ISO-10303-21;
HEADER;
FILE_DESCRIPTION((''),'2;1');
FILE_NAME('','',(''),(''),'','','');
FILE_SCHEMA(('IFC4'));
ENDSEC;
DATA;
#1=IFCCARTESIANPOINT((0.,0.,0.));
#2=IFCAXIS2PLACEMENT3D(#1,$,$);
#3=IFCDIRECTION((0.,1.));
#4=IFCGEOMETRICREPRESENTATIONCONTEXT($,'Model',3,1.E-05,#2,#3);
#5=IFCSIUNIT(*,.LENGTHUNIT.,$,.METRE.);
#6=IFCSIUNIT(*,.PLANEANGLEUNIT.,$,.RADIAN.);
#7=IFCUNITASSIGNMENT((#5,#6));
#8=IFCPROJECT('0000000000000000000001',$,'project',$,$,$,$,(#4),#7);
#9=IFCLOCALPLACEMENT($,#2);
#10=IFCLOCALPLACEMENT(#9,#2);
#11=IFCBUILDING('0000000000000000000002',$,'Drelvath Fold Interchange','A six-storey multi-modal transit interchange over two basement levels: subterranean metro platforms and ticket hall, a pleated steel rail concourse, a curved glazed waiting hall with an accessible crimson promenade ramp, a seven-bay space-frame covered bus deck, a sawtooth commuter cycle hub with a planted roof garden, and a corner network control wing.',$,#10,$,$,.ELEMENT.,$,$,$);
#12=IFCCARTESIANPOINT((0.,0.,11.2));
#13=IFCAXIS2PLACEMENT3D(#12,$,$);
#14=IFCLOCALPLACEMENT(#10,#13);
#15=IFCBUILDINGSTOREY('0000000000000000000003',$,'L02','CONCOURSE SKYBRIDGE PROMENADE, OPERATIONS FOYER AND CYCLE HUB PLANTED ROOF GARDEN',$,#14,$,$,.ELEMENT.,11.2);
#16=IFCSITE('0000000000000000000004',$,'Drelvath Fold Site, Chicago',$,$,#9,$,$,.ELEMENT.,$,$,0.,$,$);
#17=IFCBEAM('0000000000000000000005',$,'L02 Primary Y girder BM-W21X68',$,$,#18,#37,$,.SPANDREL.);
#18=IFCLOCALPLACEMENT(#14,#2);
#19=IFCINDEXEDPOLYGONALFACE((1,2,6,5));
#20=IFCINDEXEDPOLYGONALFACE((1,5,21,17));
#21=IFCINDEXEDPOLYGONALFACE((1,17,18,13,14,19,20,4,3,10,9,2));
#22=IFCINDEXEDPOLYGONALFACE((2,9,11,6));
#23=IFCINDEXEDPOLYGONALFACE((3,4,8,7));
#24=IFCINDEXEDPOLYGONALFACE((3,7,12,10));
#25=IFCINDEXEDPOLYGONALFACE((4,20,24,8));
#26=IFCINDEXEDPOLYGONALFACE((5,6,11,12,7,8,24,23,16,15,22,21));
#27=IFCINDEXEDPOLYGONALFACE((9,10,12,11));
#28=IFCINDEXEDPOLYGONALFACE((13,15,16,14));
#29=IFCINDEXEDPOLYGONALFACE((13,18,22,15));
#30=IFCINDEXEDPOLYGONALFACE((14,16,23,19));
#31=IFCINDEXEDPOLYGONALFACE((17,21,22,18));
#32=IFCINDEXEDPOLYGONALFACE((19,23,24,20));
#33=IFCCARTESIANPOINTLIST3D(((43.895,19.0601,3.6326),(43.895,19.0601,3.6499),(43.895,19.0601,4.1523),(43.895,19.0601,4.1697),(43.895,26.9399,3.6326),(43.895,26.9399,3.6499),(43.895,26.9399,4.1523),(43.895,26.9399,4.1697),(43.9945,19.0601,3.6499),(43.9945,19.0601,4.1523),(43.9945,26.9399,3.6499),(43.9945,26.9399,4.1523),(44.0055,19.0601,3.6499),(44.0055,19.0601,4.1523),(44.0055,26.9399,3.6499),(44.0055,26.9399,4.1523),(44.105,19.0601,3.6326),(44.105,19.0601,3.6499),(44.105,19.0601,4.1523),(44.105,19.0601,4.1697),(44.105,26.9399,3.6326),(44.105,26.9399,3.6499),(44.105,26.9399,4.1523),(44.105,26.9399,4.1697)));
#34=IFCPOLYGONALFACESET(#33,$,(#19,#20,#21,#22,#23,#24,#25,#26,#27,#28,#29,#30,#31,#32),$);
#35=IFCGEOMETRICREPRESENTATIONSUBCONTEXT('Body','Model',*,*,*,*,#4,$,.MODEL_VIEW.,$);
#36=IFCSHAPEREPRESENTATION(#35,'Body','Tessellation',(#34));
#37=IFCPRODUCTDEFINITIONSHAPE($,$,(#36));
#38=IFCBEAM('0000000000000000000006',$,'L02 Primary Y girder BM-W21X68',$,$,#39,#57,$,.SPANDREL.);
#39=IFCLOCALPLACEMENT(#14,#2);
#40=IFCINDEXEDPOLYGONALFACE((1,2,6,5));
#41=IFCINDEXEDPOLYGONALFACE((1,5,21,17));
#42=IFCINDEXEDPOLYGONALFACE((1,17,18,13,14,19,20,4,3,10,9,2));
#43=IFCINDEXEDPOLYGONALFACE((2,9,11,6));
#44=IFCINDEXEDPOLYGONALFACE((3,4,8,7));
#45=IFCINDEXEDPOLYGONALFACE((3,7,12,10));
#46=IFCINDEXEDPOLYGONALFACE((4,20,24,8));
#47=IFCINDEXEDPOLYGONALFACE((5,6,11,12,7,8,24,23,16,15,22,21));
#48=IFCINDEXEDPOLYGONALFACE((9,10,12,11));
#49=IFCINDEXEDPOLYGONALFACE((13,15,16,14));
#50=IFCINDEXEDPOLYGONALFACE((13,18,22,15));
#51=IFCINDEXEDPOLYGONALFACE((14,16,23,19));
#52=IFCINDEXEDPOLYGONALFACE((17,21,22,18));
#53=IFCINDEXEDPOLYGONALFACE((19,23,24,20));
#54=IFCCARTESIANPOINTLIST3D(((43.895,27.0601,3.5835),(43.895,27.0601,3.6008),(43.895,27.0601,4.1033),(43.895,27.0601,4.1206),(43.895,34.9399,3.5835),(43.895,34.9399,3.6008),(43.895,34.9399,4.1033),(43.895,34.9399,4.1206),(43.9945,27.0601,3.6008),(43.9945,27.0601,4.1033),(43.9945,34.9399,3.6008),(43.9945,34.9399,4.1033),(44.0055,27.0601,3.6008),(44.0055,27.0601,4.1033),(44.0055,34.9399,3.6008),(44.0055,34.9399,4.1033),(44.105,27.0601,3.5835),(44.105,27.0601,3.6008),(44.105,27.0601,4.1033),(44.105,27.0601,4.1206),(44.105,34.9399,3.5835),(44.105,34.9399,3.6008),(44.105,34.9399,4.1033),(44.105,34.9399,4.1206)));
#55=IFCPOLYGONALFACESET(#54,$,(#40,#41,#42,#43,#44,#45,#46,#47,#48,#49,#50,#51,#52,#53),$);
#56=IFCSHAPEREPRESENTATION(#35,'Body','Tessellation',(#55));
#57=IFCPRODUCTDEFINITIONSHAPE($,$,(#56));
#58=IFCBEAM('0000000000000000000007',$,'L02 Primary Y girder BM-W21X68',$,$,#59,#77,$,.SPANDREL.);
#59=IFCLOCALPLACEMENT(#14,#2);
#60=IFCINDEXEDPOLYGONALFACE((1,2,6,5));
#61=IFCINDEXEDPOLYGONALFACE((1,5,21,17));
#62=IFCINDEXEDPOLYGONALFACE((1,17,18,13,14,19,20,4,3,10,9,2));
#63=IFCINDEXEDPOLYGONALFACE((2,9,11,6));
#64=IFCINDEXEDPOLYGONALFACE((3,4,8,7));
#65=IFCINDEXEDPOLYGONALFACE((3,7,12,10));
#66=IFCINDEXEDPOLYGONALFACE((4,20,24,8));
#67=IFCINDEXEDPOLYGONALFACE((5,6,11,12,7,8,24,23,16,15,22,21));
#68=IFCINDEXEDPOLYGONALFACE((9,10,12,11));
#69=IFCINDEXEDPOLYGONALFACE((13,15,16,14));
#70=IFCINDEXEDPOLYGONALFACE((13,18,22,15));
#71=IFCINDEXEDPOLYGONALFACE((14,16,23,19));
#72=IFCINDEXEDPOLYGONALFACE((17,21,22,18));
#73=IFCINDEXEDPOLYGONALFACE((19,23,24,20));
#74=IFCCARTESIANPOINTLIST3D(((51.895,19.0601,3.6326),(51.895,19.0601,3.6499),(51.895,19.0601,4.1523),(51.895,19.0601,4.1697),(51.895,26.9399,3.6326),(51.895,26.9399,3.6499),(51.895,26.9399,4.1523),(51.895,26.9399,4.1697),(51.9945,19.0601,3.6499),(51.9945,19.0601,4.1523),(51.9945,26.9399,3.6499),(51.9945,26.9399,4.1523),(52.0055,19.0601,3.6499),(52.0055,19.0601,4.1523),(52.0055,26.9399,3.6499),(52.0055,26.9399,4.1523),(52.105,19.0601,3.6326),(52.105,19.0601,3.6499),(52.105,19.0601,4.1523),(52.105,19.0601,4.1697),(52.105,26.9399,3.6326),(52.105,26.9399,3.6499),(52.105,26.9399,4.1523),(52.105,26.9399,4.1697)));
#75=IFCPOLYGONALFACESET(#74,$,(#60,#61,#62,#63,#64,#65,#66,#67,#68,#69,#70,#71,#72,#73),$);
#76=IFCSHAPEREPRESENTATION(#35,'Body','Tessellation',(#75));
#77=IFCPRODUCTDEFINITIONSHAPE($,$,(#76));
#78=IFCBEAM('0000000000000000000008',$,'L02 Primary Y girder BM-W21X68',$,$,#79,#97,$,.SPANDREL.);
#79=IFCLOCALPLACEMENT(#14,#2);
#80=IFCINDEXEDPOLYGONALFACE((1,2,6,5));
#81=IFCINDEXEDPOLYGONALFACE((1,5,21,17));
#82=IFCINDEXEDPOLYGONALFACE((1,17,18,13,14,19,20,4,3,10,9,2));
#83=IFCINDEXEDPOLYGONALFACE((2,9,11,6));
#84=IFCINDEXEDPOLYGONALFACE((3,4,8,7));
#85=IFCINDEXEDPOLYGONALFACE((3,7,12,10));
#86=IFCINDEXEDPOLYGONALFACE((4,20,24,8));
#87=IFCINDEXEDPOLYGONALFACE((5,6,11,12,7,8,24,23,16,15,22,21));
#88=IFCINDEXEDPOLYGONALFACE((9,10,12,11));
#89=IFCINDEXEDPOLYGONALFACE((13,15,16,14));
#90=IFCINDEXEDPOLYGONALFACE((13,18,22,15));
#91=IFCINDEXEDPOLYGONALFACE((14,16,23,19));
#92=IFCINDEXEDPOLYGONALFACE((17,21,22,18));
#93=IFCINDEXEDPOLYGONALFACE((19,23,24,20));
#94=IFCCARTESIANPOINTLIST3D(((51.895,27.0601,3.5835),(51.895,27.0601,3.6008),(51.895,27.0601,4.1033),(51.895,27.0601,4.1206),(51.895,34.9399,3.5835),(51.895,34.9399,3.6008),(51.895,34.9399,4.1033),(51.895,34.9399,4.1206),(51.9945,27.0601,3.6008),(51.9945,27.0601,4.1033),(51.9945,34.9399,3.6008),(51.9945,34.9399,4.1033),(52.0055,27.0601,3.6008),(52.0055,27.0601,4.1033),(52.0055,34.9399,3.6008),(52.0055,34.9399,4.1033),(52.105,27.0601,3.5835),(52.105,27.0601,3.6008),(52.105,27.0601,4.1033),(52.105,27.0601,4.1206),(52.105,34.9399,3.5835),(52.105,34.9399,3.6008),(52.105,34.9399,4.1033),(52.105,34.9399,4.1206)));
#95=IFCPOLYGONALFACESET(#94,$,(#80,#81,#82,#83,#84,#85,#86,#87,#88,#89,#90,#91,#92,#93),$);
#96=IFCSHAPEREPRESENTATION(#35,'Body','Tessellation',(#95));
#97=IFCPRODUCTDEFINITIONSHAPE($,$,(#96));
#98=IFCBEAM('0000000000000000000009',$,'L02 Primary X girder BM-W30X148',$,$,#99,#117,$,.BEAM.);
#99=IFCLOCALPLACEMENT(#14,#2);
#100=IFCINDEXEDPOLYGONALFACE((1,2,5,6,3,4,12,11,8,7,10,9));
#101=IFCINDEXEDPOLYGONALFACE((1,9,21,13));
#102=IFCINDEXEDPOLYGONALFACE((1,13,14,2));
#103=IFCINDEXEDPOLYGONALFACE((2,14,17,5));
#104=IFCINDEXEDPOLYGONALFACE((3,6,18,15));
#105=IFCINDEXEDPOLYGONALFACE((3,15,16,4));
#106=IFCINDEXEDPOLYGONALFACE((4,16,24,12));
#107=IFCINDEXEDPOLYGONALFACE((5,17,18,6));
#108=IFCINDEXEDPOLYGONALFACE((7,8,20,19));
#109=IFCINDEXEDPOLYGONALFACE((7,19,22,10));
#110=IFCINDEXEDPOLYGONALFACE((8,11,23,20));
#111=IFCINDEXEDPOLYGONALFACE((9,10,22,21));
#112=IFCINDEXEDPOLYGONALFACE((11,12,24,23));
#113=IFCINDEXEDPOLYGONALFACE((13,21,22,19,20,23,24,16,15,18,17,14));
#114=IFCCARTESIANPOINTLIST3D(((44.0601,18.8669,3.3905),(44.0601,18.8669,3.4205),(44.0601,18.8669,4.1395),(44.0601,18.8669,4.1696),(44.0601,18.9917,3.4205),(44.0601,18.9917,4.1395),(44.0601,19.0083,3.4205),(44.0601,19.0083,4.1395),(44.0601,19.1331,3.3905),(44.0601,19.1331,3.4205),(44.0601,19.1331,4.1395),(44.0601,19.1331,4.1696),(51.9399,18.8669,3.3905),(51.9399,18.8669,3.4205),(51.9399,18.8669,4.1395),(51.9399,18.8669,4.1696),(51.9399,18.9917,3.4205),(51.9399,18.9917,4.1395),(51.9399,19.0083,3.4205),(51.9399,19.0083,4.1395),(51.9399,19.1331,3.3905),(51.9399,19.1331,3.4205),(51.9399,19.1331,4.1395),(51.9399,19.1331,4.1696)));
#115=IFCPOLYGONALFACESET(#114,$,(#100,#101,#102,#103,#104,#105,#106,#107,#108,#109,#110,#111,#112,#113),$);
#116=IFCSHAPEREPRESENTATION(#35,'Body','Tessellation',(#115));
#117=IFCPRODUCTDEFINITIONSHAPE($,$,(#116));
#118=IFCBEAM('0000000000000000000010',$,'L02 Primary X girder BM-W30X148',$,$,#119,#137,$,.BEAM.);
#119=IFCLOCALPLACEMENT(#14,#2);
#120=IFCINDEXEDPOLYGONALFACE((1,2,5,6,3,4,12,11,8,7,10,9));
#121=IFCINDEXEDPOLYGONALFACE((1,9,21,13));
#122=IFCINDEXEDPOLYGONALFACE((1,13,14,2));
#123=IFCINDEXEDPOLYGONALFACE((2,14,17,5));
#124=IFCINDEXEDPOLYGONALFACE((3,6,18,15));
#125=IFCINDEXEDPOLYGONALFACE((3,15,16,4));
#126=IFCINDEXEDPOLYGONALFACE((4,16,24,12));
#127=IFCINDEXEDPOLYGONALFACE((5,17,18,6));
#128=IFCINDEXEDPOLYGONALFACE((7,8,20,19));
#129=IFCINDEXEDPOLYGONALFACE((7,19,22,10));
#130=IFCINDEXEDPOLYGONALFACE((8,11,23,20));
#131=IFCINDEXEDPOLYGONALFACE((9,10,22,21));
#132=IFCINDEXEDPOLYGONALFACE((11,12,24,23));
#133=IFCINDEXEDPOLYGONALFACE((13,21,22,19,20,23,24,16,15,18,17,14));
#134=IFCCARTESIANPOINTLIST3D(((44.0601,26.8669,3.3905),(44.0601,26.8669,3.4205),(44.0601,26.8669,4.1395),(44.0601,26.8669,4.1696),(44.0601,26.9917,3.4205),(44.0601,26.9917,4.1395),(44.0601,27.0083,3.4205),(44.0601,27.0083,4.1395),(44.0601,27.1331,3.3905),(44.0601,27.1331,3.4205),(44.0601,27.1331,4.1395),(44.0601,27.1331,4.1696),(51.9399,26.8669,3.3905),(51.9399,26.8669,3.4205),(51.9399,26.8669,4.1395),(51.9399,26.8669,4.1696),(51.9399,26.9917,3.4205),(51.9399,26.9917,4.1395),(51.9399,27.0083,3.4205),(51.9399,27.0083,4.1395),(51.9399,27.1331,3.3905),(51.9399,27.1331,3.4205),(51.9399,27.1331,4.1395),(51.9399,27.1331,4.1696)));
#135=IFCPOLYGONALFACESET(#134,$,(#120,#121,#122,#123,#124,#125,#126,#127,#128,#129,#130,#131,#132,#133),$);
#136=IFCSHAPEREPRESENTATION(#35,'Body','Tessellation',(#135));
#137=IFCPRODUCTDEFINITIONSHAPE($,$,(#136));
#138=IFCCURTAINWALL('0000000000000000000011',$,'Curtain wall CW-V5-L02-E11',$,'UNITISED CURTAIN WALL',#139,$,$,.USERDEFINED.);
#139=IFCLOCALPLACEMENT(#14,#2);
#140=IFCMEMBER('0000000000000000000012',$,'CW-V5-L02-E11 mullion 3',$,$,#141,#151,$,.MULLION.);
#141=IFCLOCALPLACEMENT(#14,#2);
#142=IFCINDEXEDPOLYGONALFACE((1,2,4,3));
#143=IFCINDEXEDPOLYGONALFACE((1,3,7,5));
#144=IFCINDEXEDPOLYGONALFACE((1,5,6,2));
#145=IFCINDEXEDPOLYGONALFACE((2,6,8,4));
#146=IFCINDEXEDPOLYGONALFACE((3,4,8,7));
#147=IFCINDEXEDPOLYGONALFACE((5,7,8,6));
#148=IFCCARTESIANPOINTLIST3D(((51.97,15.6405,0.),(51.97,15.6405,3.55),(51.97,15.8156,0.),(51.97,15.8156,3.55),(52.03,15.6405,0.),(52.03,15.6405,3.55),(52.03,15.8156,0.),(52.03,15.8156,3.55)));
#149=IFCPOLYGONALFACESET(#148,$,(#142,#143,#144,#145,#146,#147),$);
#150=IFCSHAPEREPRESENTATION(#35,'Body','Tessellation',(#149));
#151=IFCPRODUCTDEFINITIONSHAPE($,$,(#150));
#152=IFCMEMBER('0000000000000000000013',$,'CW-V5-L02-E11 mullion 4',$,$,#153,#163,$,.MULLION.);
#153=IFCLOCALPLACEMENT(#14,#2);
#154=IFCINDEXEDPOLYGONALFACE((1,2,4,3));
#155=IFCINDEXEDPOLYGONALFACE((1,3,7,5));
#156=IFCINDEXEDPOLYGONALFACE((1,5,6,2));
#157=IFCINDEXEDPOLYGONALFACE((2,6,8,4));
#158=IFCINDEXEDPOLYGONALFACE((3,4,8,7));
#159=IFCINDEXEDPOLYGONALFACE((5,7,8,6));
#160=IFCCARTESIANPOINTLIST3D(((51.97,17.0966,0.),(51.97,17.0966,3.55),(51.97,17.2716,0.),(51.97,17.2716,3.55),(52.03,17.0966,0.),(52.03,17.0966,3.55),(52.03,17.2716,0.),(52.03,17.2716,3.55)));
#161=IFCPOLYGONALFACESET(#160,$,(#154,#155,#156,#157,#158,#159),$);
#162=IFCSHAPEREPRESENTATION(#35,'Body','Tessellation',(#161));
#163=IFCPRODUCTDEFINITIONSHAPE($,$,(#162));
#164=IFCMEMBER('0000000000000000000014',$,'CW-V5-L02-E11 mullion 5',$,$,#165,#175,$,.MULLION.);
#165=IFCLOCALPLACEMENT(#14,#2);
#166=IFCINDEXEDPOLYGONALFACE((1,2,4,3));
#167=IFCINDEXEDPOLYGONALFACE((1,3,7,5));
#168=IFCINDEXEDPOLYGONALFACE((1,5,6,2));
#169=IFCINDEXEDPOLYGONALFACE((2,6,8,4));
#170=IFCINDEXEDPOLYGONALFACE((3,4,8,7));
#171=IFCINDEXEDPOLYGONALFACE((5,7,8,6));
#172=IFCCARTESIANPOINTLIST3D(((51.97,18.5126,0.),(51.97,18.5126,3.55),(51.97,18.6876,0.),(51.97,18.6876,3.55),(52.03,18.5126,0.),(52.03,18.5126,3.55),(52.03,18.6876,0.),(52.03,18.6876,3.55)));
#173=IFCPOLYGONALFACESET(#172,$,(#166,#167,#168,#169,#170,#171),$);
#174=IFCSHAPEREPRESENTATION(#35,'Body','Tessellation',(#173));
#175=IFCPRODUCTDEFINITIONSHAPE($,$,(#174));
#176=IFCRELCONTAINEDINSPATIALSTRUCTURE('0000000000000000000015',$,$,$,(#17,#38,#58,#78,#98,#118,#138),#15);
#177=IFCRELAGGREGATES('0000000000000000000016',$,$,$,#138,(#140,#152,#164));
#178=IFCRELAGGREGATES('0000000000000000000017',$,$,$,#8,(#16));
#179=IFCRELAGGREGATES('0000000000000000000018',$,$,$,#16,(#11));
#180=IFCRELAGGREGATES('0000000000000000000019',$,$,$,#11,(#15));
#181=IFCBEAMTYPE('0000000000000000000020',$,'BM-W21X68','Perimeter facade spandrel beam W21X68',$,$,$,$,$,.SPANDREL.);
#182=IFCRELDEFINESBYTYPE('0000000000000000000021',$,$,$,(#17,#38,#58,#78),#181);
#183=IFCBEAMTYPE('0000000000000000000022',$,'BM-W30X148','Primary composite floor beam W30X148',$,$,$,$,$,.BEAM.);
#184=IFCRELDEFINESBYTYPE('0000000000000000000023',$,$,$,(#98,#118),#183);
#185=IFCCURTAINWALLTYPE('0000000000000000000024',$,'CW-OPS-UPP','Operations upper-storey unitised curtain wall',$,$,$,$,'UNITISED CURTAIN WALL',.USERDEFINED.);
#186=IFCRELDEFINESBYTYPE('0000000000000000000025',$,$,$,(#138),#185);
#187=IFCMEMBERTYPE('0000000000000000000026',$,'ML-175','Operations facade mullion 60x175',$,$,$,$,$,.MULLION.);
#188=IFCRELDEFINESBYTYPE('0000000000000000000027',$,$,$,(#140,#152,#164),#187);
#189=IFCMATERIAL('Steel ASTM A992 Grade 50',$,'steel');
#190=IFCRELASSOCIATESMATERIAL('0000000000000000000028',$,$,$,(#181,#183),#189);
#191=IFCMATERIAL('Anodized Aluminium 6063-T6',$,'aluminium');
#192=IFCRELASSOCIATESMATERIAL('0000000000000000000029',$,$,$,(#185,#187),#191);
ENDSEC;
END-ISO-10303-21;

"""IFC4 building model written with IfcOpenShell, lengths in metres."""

from ifc_helpers import new_model, si_unit, direction, frame, origin, origin_2d, place, context, subcontext, project, spatial, rectangle, i_section, extrude, material, material_profile, profile_set, type_object, element, aggregate, save


model = new_model("IFC4")

# Units and contexts
model_context = context("Model", 3, precision=1e-05, world=origin(), true_north=direction((0.0, 1.0)))
body_context = subcontext(model_context, "Body", "Model", "MODEL_VIEW")
ifc_project = project(units=[si_unit("LENGTHUNIT", "METRE"), si_unit("PLANEANGLEUNIT", "RADIAN")], contexts=[model_context])

# Site, building, storey
site_placement = place(None, origin())
site = spatial("IfcSite", under=ifc_project, at=site_placement, Name="Drelvath Fold Site, Chicago", CompositionType="ELEMENT", RefElevation=0.0)
building_placement = place(site_placement, origin())
building = spatial("IfcBuilding", under=site, at=building_placement, Name="Drelvath Fold Interchange", Description="A six-storey multi-modal transit interchange over two basement levels: subterranean metro platforms and ticket hall, a pleated steel rail concourse, a curved glazed waiting hall with an accessible crimson promenade ramp, a seven-bay space-frame covered bus deck, a sawtooth commuter cycle hub with a planted roof garden, and a corner network control wing.", CompositionType="ELEMENT")
storey_placement = place(building_placement, frame((0.0, 0.0, 11.2)))
storey = spatial("IfcBuildingStorey", under=building, at=storey_placement, Name="L02", Description="CONCOURSE SKYBRIDGE PROMENADE, OPERATIONS FOYER AND CYCLE HUB PLANTED ROOF GARDEN", CompositionType="ELEMENT", Elevation=11.2)

# Shared definitions
ifc_material_1 = material(Name="Steel ASTM A992 Grade 50", Category="steel")

# Beams
ifc_material_profile_1 = material_profile(ifc_material_1, i_section(OverallWidth=0.21, OverallDepth=0.5371, WebThickness=0.011, FlangeThickness=0.0173, at=origin_2d()), Name="W21X68")
ifc_profile_set_1 = profile_set([ifc_material_profile_1], Name="Steel ASTM A992 Grade 50")
beam_type_1 = type_object("IfcBeamType", Name="BM-W21X68", Description="Perimeter facade spandrel beam W21X68", PredefinedType="SPANDREL", material=ifc_profile_set_1)
for number, where, z_axis, x_axis, name in (
    (1, (44.0, 19.0601, 3.9011), (0.0, 1.0, 0.0), (-1.0, 0.0, 0.0), "L02 Primary Y girder BM-W21X68"),
    (2, (44.0, 27.0601, 3.8521), (0.0, 1.0, 0.0), (-1.0, 0.0, 0.0), "L02 Primary Y girder BM-W21X68"),
    (3, (52.0, 19.0601, 3.9011), (0.0, 1.0, 0.0), (-1.0, 0.0, 0.0), "L02 Primary Y girder BM-W21X68"),
    (4, (52.0, 27.0601, 3.8521), (0.0, 1.0, 0.0), (-1.0, 0.0, 0.0), "L02 Primary Y girder BM-W21X68"),
):
    element("IfcBeam", number, at=place(storey_placement, frame(where, z_axis=z_axis, x_axis=x_axis)), inside=storey, type_object=beam_type_1, Name=name, PredefinedType="SPANDREL", context=body_context, shape_type="SweptSolid", body=[
        extrude(i_section(OverallWidth=0.21, OverallDepth=0.5371, WebThickness=0.011, FlangeThickness=0.0173, at=origin_2d()), origin(), (0.0, 0.0, 1.0), 7.8799),
    ])
ifc_material_profile_2 = material_profile(ifc_material_1, i_section(OverallWidth=0.2661, OverallDepth=0.7791, WebThickness=0.0166, FlangeThickness=0.03, at=origin_2d()), Name="W30X148")
ifc_profile_set_2 = profile_set([ifc_material_profile_2], Name="Steel ASTM A992 Grade 50")
beam_type_2 = type_object("IfcBeamType", Name="BM-W30X148", Description="Primary composite floor beam W30X148", PredefinedType="BEAM", material=ifc_profile_set_2)
for number, where, z_axis, x_axis, name in (
    (5, (44.0601, 19.0, 3.78), (1.0, 0.0, 0.0), (0.0, 1.0, 0.0), "L02 Primary X girder BM-W30X148"),
    (6, (44.0601, 27.0, 3.78), (1.0, 0.0, 0.0), (0.0, 1.0, 0.0), "L02 Primary X girder BM-W30X148"),
):
    element("IfcBeam", number, at=place(storey_placement, frame(where, z_axis=z_axis, x_axis=x_axis)), inside=storey, type_object=beam_type_2, Name=name, PredefinedType="BEAM", context=body_context, shape_type="SweptSolid", body=[
        extrude(i_section(OverallWidth=0.2661, OverallDepth=0.7791, WebThickness=0.0166, FlangeThickness=0.03, at=origin_2d()), origin(), (0.0, 0.0, 1.0), 7.8799),
    ])

# Curtain wall, members
ifc_material_2 = material(Name="Anodized Aluminium 6063-T6", Category="aluminium")
curtain_wall_type = type_object("IfcCurtainWallType", Name="CW-OPS-UPP", Description="Operations upper-storey unitised curtain wall", ElementType="UNITISED CURTAIN WALL", PredefinedType="USERDEFINED", material=ifc_material_2)
curtain_wall_placement = place(storey_placement, origin())
curtain_wall = element("IfcCurtainWall", 7, at=curtain_wall_placement, inside=storey, type_object=curtain_wall_type, Name="Curtain wall CW-V5-L02-E11", ObjectType="UNITISED CURTAIN WALL", PredefinedType="USERDEFINED")
ifc_material_profile_3 = material_profile(ifc_material_2, rectangle(XDim=0.0601, YDim=0.175, at=origin_2d()), Name="AL-M 60x175")
ifc_profile_set_3 = profile_set([ifc_material_profile_3], Name="Anodized Aluminium 6063-T6")
member_type_1 = type_object("IfcMemberType", Name="ML-175", Description="Operations facade mullion 60x175", PredefinedType="MULLION", material=ifc_profile_set_3)
member_1_placement = place(storey_placement, frame((52.0, 15.728, 0.0), z_axis=(0.0, 0.0, 1.0), x_axis=(1.0, 0.0, 0.0)))
member_1 = element("IfcMember", 8, at=member_1_placement, type_object=member_type_1, Name="CW-V5-L02-E11 mullion 3", PredefinedType="MULLION", context=body_context, shape_type="SweptSolid", body=[
    extrude(rectangle(XDim=0.0601, YDim=0.175, at=origin_2d()), origin(), (0.0, 0.0, 1.0), 3.55),
])
member_2_placement = place(storey_placement, frame((52.0, 17.1841, 0.0), z_axis=(0.0, 0.0, 1.0), x_axis=(1.0, 0.0, 0.0)))
member_2 = element("IfcMember", 9, at=member_2_placement, type_object=member_type_1, Name="CW-V5-L02-E11 mullion 4", PredefinedType="MULLION", context=body_context, shape_type="SweptSolid", body=[
    extrude(rectangle(XDim=0.0601, YDim=0.175, at=origin_2d()), origin(), (0.0, 0.0, 1.0), 3.55),
])
member_3_placement = place(storey_placement, frame((52.0, 18.6001, 0.0), z_axis=(0.0, 0.0, 1.0), x_axis=(1.0, 0.0, 0.0)))
member_3 = element("IfcMember", 10, at=member_3_placement, type_object=member_type_1, Name="CW-V5-L02-E11 mullion 5", PredefinedType="MULLION", context=body_context, shape_type="SweptSolid", body=[
    extrude(rectangle(XDim=0.0601, YDim=0.175, at=origin_2d()), origin(), (0.0, 0.0, 1.0), 3.55),
])
aggregate(curtain_wall, [member_1, member_2, member_3])

save(model, "model.ifc")
